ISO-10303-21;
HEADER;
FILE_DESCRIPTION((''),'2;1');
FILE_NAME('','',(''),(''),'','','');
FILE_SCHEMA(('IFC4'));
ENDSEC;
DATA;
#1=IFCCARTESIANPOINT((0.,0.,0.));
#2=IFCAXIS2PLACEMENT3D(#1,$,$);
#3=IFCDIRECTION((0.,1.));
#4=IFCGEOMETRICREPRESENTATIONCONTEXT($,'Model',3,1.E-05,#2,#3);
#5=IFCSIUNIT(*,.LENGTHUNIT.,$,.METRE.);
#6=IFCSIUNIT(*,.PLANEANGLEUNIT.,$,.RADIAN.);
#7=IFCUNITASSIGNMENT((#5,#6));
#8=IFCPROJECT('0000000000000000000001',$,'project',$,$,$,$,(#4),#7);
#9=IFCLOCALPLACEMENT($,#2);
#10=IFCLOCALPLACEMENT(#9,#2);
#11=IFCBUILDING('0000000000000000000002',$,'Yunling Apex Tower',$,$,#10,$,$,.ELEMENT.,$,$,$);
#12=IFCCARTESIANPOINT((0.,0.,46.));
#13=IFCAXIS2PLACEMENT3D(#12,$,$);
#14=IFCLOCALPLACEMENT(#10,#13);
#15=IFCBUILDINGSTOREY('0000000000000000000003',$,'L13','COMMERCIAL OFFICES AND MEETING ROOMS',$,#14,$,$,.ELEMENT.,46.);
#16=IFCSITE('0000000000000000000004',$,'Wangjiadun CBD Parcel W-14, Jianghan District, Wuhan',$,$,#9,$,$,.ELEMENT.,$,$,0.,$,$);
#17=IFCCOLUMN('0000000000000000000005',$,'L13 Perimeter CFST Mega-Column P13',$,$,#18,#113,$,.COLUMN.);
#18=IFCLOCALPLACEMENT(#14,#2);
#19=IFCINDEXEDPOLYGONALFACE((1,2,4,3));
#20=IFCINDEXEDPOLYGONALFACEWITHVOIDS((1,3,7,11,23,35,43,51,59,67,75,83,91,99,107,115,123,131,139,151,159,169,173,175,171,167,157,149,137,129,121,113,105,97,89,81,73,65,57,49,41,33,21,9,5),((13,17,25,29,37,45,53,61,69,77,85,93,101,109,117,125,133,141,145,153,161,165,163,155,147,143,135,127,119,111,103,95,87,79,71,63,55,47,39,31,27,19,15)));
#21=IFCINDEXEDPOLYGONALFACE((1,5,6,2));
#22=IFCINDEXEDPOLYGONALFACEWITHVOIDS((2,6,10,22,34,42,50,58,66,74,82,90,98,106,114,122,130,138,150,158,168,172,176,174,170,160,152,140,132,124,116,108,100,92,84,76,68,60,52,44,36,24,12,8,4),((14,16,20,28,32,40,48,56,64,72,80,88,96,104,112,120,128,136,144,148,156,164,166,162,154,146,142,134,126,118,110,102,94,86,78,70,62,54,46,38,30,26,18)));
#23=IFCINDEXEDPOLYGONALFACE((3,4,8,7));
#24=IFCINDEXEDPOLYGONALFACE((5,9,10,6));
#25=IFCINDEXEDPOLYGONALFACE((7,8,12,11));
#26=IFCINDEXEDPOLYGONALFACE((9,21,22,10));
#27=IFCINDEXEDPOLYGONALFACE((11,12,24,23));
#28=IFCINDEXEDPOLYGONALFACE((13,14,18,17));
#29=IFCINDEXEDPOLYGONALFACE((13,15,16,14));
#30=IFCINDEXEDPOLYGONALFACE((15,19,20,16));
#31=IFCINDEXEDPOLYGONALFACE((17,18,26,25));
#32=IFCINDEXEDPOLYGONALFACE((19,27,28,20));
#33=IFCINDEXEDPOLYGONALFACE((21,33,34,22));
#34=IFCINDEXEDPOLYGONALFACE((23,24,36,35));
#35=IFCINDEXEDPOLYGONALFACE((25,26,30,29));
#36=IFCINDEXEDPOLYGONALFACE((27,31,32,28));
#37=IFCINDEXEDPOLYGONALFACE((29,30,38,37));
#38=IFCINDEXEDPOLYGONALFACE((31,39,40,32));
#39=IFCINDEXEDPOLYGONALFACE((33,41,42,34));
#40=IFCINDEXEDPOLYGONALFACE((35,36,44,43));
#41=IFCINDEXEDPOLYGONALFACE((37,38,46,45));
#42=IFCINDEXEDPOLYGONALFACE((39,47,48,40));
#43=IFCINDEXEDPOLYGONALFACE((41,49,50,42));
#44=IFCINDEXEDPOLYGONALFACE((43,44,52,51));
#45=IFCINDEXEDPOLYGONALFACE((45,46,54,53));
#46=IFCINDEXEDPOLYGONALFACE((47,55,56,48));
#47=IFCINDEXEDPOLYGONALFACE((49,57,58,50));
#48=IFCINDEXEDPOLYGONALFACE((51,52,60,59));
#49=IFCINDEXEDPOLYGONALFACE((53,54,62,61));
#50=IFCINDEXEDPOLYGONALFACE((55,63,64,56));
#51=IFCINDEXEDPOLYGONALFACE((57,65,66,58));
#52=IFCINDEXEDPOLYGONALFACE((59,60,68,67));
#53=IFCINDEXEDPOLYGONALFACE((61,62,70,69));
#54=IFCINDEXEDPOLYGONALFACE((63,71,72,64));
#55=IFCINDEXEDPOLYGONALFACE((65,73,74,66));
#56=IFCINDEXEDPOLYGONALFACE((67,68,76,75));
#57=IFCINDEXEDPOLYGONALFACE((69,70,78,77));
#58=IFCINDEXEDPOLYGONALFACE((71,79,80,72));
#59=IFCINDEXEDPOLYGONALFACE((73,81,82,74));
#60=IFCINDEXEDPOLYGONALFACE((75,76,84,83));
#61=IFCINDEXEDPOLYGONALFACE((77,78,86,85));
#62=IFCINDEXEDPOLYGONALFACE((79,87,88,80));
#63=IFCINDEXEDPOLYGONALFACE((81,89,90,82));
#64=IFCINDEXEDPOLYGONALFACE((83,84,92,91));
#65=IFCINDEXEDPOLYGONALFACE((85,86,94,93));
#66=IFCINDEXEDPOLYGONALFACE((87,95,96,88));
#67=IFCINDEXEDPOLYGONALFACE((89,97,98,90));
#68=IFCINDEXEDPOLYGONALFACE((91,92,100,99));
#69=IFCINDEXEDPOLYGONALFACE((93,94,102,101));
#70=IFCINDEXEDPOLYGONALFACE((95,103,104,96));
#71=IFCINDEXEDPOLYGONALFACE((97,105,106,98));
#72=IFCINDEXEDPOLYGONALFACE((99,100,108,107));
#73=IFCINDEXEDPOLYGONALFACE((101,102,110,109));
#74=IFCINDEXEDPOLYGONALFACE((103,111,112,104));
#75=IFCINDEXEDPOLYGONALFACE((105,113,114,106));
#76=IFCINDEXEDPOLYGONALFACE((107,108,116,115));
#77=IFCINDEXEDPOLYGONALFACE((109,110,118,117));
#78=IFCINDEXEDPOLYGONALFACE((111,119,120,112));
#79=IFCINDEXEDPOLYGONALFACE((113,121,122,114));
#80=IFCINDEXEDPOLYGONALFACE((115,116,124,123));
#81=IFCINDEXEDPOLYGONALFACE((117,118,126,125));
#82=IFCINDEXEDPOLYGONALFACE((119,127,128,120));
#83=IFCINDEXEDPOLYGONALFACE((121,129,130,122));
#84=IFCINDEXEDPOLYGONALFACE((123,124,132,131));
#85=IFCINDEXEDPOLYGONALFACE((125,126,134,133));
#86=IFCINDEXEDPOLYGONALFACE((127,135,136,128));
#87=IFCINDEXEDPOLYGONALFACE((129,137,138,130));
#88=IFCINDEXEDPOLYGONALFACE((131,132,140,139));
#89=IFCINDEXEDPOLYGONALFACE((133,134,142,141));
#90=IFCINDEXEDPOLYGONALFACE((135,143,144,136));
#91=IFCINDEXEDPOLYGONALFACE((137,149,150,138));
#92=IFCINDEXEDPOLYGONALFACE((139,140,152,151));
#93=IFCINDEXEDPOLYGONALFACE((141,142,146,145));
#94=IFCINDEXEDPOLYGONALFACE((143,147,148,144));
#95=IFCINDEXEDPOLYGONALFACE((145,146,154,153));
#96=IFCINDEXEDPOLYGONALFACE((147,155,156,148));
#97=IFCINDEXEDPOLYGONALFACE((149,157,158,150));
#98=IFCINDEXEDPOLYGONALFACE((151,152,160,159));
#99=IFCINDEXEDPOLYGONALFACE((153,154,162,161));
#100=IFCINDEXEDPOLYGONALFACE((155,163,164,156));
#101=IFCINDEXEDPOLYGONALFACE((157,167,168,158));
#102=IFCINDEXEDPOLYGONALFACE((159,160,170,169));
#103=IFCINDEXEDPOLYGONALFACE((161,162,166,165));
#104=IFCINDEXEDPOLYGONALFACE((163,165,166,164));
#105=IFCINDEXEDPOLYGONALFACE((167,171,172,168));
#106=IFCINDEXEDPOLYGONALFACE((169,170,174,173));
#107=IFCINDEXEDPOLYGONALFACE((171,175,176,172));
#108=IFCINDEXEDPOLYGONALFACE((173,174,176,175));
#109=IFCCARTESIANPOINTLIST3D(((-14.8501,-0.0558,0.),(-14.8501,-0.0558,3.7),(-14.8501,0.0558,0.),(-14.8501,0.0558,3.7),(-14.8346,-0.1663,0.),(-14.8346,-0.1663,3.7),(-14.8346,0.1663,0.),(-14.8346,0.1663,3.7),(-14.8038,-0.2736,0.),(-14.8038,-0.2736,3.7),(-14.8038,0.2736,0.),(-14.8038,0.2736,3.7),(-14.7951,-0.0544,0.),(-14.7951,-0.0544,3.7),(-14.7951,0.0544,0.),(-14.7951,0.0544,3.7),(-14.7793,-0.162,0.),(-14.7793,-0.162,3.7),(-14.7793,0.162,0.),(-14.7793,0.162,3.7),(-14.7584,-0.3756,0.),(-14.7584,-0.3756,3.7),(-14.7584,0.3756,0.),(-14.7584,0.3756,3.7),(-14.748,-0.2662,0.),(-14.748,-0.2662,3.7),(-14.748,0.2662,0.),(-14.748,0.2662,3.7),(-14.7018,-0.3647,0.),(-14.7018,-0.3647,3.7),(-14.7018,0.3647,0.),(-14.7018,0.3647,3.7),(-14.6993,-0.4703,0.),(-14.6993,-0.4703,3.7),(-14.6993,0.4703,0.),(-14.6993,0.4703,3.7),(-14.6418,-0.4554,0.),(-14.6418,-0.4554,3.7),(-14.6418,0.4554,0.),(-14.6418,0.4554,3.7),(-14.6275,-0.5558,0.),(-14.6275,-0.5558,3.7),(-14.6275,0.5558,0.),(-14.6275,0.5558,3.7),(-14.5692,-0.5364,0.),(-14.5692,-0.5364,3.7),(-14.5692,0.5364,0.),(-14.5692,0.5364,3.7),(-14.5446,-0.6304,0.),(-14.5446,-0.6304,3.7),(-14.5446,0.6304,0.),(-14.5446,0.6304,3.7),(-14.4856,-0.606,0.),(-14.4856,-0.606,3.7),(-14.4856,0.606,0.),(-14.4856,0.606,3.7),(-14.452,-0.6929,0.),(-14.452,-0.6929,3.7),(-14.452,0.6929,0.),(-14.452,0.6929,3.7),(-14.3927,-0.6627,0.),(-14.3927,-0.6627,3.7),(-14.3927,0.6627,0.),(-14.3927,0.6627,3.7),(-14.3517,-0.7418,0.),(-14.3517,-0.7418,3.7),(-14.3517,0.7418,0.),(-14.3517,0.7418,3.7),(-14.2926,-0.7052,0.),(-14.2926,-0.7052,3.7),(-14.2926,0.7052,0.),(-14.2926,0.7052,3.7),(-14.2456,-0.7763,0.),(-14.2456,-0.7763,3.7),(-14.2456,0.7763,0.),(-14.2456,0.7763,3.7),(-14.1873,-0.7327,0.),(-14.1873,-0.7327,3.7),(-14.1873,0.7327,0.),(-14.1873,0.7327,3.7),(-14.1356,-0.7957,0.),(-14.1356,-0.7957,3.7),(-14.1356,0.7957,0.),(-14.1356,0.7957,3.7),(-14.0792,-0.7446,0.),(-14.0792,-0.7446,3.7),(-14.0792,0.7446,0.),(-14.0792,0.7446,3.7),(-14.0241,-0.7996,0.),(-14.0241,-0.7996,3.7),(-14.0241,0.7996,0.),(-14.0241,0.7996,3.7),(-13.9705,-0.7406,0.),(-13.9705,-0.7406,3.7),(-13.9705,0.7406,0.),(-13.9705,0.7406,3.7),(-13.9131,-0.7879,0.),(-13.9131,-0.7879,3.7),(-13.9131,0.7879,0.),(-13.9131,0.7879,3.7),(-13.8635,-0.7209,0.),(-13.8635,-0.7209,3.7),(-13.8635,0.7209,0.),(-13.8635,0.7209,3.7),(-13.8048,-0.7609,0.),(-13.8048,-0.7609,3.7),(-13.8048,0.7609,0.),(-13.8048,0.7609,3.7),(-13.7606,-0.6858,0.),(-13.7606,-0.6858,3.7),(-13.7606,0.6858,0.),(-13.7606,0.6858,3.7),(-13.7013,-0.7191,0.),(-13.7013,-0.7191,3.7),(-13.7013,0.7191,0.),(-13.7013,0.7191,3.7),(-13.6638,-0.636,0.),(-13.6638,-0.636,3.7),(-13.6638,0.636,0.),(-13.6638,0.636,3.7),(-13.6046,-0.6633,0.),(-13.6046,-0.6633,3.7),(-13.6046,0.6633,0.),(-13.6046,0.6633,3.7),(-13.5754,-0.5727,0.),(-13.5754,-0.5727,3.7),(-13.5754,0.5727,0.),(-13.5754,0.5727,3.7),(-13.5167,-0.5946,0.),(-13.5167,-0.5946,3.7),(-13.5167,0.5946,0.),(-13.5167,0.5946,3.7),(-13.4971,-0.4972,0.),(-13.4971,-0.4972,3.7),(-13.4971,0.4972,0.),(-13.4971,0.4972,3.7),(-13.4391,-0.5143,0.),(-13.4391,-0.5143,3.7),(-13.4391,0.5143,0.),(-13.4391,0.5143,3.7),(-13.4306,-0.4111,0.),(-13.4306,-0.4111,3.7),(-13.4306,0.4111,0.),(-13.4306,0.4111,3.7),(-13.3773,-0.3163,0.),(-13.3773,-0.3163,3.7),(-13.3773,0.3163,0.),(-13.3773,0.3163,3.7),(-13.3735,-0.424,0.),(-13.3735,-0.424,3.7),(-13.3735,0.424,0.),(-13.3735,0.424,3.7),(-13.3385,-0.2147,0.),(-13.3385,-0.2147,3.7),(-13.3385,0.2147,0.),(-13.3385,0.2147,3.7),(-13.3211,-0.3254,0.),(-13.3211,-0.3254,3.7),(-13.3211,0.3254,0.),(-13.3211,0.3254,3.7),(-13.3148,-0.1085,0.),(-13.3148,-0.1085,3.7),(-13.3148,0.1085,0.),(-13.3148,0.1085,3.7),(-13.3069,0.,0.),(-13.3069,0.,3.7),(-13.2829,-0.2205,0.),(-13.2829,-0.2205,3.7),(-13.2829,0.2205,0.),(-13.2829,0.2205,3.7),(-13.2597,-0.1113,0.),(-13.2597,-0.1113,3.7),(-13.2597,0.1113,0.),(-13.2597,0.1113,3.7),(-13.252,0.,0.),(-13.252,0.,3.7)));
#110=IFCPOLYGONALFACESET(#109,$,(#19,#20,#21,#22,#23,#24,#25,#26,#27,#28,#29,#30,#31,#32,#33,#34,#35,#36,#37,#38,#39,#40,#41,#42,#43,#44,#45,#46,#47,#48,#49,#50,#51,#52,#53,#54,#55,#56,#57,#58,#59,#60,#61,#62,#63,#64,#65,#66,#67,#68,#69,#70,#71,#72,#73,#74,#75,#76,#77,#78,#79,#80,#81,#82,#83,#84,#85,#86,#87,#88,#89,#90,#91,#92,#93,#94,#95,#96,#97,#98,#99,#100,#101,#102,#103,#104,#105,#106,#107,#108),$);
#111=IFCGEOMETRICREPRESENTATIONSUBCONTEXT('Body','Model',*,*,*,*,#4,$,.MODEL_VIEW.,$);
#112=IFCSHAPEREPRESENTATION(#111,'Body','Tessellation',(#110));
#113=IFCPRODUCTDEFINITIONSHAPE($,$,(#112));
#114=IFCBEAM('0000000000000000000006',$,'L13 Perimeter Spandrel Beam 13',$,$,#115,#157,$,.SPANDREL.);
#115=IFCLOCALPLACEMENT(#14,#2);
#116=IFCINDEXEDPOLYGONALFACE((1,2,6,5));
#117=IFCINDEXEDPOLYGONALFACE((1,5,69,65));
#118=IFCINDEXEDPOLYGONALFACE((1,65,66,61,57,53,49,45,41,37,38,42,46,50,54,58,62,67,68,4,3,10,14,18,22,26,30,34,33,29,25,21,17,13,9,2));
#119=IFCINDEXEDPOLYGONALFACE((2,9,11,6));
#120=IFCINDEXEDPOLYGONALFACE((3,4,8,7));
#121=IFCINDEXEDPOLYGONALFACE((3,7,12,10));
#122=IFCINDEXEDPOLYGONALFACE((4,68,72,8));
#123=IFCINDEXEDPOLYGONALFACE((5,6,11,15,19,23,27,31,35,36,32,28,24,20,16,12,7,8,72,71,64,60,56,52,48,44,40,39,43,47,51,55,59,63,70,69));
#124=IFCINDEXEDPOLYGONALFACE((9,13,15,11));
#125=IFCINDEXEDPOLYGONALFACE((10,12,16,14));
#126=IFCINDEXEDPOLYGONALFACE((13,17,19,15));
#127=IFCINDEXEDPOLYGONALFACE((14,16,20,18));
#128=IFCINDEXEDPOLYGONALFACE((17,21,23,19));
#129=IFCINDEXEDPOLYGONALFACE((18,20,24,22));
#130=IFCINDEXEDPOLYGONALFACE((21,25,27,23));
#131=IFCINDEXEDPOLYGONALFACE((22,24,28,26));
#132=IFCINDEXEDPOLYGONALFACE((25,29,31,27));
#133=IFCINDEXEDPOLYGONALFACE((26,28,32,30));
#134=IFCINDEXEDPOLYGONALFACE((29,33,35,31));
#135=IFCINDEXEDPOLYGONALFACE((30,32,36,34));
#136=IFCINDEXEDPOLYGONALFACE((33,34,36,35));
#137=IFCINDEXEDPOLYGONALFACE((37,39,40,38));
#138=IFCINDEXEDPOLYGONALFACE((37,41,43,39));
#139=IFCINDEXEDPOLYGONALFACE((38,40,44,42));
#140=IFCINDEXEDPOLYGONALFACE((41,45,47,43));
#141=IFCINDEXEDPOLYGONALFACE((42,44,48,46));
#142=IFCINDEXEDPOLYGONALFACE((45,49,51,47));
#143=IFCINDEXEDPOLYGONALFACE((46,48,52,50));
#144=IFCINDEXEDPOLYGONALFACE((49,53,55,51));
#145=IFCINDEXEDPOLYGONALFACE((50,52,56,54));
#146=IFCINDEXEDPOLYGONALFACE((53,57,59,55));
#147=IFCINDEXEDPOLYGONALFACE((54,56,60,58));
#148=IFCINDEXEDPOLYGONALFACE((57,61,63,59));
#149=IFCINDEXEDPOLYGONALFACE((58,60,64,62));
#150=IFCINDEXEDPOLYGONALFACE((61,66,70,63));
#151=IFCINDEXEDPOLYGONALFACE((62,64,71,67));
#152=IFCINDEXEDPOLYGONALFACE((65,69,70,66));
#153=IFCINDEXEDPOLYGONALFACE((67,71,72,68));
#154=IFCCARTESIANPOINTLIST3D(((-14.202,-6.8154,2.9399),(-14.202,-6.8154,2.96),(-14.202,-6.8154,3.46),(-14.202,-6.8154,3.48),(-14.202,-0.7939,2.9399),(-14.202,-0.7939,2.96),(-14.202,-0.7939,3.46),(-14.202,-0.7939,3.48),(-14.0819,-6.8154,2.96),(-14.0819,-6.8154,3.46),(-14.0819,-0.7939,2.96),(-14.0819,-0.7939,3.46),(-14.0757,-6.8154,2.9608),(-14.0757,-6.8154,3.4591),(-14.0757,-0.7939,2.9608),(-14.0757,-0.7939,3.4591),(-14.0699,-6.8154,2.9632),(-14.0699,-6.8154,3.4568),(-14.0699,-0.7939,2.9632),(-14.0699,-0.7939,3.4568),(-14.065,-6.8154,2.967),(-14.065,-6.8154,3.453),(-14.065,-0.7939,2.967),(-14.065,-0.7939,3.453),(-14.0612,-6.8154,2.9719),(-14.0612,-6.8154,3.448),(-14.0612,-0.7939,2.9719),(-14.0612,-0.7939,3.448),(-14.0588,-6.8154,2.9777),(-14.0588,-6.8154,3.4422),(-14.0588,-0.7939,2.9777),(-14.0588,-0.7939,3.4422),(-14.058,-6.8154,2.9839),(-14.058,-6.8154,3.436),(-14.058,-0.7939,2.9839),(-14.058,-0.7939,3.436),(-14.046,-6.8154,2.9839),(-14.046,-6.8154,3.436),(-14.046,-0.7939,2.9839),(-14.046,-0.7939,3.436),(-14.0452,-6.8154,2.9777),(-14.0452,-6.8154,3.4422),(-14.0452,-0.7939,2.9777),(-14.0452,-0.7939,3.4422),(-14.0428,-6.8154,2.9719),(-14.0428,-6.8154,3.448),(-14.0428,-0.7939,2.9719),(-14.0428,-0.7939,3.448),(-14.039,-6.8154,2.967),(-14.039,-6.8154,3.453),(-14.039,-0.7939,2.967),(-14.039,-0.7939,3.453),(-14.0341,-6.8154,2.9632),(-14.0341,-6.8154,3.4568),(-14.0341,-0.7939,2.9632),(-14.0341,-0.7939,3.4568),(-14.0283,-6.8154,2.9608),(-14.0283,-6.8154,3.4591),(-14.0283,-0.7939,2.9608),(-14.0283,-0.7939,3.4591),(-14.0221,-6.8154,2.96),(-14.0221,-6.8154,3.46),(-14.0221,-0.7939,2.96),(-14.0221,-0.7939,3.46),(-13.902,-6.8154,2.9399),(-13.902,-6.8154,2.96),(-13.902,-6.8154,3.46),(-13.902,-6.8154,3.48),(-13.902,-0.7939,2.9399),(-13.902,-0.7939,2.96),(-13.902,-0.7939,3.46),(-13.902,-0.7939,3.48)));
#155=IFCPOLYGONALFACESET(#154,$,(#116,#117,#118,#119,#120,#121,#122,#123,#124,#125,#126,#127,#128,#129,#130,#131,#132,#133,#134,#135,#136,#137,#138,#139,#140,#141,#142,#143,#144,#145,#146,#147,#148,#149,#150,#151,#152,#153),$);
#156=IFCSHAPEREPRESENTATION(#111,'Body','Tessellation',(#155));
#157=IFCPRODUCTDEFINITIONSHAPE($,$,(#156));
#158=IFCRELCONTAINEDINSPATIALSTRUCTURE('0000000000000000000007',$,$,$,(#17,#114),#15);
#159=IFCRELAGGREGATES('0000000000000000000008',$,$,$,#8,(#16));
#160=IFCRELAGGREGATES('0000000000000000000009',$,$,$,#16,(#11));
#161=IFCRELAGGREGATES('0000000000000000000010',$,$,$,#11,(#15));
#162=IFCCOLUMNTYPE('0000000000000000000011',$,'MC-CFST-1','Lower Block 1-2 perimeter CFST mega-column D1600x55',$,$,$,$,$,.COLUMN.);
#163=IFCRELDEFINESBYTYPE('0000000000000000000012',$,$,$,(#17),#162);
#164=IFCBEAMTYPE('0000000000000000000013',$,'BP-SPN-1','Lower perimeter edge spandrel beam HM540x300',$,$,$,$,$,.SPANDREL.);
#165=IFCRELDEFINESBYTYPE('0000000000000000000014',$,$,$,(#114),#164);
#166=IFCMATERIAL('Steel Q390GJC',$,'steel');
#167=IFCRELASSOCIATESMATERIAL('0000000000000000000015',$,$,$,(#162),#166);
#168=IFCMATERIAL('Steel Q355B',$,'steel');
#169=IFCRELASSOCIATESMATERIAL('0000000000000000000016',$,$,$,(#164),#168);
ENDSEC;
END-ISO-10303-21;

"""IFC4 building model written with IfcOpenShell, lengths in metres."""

from ifc_helpers import new_model, si_unit, direction, frame, origin, origin_2d, place, context, subcontext, project, spatial, hollow_circle, i_section, extrude, source, transform, mapped, material, material_profile, profile_set, type_object, element, save


model = new_model("IFC4")

# Units and contexts
model_context = context("Model", 3, precision=1e-05, world=origin(), true_north=direction((0.0, 1.0)))
body_context = subcontext(model_context, "Body", "Model", "MODEL_VIEW")
ifc_project = project(units=[si_unit("LENGTHUNIT", "METRE"), si_unit("PLANEANGLEUNIT", "RADIAN")], contexts=[model_context])

# Site, building, storey
site_placement = place(None, origin())
site = spatial("IfcSite", under=ifc_project, at=site_placement, Name="Wangjiadun CBD Parcel W-14, Jianghan District, Wuhan", CompositionType="ELEMENT", RefElevation=0.0)
building_placement = place(site_placement, origin())
building = spatial("IfcBuilding", under=site, at=building_placement, Name="Yunling Apex Tower", CompositionType="ELEMENT")
storey_placement = place(building_placement, frame((0.0, 0.0, 46.0)))
storey = spatial("IfcBuildingStorey", under=building, at=storey_placement, Name="L13", Description="COMMERCIAL OFFICES AND MEETING ROOMS", CompositionType="ELEMENT", Elevation=46.0)

# Column
ifc_material_1 = material(Name="Steel Q390GJC", Category="steel")
ifc_material_profile_1 = material_profile(ifc_material_1, hollow_circle(Radius=0.8, WallThickness=0.0549, at=origin_2d()))
ifc_profile_set_1 = profile_set([ifc_material_profile_1], Name="Steel Q390GJC")
column_type = type_object("IfcColumnType", Name="MC-CFST-1", Description="Lower Block 1-2 perimeter CFST mega-column D1600x55", PredefinedType="COLUMN", material=ifc_profile_set_1)
shared_shape_1 = source(origin(), body_context, "Body", "SweptSolid", [
    extrude(hollow_circle(Radius=0.8, WallThickness=0.0549, at=origin_2d()), origin(), (0.0, 0.0, 1.0), 3.7),
])
column_placement = place(storey_placement, frame((-14.052, 0.0, 0.0), z_axis=(0.0, 0.0, 1.0), x_axis=(1.0, 0.0, 0.0)))
element("IfcColumn", 1, at=column_placement, inside=storey, type_object=column_type, Name="L13 Perimeter CFST Mega-Column P13", PredefinedType="COLUMN", context=body_context, shape_type="MappedRepresentation", body=[
    mapped(shared_shape_1, transform((0.0, 0.0, 0.0), scale=1.0)),
])

# Beam
ifc_material_2 = material(Name="Steel Q355B", Category="steel")
ifc_material_profile_2 = material_profile(ifc_material_2, i_section(OverallWidth=0.3, OverallDepth=0.54, WebThickness=0.012, FlangeThickness=0.02, FilletRadius=0.0239, at=origin_2d()))
ifc_profile_set_2 = profile_set([ifc_material_profile_2], Name="Steel Q355B")
beam_type_1 = type_object("IfcBeamType", Name="BP-SPN-1", Description="Lower perimeter edge spandrel beam HM540x300", PredefinedType="SPANDREL", material=ifc_profile_set_2)
shared_shape_2 = source(origin(), body_context, "Body", "SweptSolid", [
    extrude(i_section(OverallWidth=0.3, OverallDepth=0.54, WebThickness=0.012, FlangeThickness=0.02, FilletRadius=0.0239, at=origin_2d()), origin(), (0.0, 0.0, 1.0), 6.0215),
])
beam_1_placement = place(storey_placement, frame((-14.052, -0.7939, 3.21), z_axis=(0.0, -1.0, 0.0), x_axis=(1.0, 0.0, 0.0)))
element("IfcBeam", 2, at=beam_1_placement, inside=storey, type_object=beam_type_1, Name="L13 Perimeter Spandrel Beam 13", PredefinedType="SPANDREL", context=body_context, shape_type="MappedRepresentation", body=[
    mapped(shared_shape_2, transform((0.0, 0.0, 0.0), scale=1.0)),
])

save(model, "model.ifc")
